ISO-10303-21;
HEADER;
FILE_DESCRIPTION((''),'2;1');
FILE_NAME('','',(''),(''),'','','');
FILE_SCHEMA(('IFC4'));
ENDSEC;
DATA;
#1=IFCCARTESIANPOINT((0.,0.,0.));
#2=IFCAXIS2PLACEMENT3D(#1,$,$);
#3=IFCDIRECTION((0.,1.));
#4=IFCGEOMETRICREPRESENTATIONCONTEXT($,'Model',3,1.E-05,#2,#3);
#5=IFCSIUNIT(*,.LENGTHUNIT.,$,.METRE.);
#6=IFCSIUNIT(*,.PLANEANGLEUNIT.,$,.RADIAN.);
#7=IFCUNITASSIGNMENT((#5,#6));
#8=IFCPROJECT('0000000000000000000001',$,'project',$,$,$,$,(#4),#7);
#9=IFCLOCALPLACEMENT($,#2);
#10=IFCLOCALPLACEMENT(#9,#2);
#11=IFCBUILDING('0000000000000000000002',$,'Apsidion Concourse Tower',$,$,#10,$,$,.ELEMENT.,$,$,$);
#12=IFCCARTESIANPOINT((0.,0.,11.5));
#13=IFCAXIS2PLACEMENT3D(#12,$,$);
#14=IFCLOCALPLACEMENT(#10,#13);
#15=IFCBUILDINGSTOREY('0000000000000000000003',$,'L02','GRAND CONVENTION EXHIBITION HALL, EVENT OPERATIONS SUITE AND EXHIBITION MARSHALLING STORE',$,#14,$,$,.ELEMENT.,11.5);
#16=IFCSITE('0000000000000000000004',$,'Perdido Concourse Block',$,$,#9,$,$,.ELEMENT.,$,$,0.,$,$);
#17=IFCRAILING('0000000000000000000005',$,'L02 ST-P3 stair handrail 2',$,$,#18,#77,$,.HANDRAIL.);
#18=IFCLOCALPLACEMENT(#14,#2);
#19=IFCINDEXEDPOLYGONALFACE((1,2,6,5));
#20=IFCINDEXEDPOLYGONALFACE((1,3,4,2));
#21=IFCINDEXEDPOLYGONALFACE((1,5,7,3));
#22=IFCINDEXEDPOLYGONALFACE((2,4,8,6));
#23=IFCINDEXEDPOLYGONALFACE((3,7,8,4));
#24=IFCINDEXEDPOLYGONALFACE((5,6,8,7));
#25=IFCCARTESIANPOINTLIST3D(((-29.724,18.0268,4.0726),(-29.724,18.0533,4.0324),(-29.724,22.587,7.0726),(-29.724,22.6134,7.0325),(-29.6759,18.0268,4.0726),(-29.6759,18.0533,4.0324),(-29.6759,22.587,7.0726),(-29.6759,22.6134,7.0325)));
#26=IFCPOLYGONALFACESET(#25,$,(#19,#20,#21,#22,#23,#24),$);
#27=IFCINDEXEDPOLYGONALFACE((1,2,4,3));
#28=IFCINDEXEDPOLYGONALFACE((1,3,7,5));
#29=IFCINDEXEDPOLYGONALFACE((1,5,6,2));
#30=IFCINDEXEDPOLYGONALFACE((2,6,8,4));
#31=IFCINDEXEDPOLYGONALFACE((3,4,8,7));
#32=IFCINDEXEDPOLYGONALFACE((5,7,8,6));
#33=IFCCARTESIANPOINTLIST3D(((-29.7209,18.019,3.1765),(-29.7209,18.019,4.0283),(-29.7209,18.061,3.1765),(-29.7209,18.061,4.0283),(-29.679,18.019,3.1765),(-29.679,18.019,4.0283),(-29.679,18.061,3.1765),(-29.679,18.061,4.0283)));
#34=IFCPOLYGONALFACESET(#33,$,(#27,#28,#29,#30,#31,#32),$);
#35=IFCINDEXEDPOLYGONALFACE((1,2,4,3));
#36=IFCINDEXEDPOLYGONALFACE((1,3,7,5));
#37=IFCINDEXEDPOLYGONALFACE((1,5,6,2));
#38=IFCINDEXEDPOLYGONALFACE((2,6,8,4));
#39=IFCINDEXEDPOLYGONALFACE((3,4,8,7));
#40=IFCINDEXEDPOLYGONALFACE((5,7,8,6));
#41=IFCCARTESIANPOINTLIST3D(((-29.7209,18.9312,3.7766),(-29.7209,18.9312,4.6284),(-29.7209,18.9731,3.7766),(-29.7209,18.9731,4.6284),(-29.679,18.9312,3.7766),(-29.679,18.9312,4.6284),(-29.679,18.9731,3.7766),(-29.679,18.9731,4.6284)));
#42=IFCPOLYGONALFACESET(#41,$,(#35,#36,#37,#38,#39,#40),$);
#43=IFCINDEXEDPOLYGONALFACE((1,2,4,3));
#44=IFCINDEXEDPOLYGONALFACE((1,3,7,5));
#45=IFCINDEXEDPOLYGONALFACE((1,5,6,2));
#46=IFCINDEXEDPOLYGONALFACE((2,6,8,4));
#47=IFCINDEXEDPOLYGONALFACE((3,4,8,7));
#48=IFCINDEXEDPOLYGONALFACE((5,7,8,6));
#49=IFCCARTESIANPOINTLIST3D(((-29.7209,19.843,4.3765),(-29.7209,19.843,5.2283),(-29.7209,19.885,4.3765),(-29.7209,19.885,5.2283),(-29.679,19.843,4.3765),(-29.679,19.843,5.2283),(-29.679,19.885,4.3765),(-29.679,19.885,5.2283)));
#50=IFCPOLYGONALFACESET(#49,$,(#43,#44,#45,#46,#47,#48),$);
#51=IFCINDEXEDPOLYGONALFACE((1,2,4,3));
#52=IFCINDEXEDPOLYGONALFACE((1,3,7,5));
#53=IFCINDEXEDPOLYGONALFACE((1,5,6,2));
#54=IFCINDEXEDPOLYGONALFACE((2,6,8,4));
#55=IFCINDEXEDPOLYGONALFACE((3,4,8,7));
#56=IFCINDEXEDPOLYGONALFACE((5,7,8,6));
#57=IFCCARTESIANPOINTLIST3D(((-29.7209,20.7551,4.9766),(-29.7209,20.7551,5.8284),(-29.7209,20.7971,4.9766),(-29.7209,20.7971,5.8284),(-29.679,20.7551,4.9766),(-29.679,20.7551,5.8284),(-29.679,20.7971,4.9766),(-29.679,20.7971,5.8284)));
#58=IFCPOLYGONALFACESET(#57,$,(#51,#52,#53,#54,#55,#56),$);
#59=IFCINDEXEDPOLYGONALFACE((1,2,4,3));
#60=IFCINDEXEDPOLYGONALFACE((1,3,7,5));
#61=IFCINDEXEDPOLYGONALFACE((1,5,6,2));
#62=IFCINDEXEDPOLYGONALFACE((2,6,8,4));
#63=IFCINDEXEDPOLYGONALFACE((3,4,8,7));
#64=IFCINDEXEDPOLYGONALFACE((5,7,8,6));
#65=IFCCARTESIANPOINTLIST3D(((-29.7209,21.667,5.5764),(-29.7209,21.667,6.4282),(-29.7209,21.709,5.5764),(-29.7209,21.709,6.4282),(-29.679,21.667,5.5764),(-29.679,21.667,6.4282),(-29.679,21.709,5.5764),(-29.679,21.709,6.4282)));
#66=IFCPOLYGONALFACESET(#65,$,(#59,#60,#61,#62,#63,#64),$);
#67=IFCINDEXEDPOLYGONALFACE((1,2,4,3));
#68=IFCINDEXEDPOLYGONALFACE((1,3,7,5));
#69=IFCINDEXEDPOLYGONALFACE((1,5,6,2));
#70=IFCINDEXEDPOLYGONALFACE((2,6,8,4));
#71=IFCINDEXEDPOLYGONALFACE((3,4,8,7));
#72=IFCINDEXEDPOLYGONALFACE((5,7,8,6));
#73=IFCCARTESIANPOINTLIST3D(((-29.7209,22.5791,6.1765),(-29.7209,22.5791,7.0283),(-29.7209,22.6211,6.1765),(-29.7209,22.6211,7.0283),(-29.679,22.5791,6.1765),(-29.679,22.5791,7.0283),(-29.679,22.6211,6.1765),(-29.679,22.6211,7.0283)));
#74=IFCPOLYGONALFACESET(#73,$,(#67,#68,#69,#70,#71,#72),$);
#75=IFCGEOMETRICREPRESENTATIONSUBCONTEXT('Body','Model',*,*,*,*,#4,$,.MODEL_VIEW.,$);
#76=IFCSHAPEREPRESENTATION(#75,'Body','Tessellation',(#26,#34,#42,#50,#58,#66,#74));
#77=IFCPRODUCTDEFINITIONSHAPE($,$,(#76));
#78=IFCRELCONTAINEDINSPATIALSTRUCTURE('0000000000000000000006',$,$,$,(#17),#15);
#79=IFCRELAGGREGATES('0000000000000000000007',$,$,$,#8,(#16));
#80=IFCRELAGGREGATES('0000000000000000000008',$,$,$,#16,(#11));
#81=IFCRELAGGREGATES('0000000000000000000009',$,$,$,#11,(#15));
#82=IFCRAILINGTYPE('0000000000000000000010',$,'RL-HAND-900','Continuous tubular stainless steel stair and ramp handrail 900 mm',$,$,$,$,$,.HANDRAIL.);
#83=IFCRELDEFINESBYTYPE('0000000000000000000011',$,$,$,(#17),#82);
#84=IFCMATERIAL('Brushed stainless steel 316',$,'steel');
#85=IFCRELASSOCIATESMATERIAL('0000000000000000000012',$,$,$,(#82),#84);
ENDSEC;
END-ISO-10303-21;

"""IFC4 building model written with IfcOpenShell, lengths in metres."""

from ifc_helpers import new_model, si_unit, direction, frame, origin, origin_2d, place, context, subcontext, project, spatial, rectangle, extrude, material, type_object, element, save


model = new_model("IFC4")

# Units and contexts
model_context = context("Model", 3, precision=1e-05, world=origin(), true_north=direction((0.0, 1.0)))
body_context = subcontext(model_context, "Body", "Model", "MODEL_VIEW")
ifc_project = project(units=[si_unit("LENGTHUNIT", "METRE"), si_unit("PLANEANGLEUNIT", "RADIAN")], contexts=[model_context])

# Site, building, storey
site_placement = place(None, origin())
site = spatial("IfcSite", under=ifc_project, at=site_placement, Name="Perdido Concourse Block", CompositionType="ELEMENT", RefElevation=0.0)
building_placement = place(site_placement, origin())
building = spatial("IfcBuilding", under=site, at=building_placement, Name="Apsidion Concourse Tower", CompositionType="ELEMENT")
storey_placement = place(building_placement, frame((0.0, 0.0, 11.5)))
storey = spatial("IfcBuildingStorey", under=building, at=storey_placement, Name="L02", Description="GRAND CONVENTION EXHIBITION HALL, EVENT OPERATIONS SUITE AND EXHIBITION MARSHALLING STORE", CompositionType="ELEMENT", Elevation=11.5)

# Shared definitions
ifc_material_1 = material(Name="Brushed stainless steel 316", Category="steel")

# Railing
railing_type_1 = type_object("IfcRailingType", Name="RL-HAND-900", Description="Continuous tubular stainless steel stair and ramp handrail 900 mm", PredefinedType="HANDRAIL", material=ifc_material_1)
railing_1_placement = place(storey_placement, frame((-29.7, 18.04, 3.1765)))
element("IfcRailing", 1, at=railing_1_placement, inside=storey, type_object=railing_type_1, Name="L02 ST-P3 stair handrail 2", PredefinedType="HANDRAIL", context=body_context, shape_type="SweptSolid", body=[
    extrude(rectangle(XDim=0.0481, YDim=0.0481, at=origin_2d()), frame((0.0, 0.0, 0.876), z_axis=(0.0, 0.83542, 0.549612), x_axis=(-1.0, 0.0, 0.0)), (0.0, 0.0, 1.0), 5.4585),
    extrude(rectangle(XDim=0.042, YDim=0.042, at=origin_2d()), origin(), (0.0, 0.0, 1.0), 0.8518),
    extrude(rectangle(XDim=0.042, YDim=0.042, at=origin_2d()), frame((0.0, 0.9121, 0.6001)), (0.0, 0.0, 1.0), 0.8518),
    extrude(rectangle(XDim=0.042, YDim=0.042, at=origin_2d()), frame((0.0, 1.824, 1.2)), (0.0, 0.0, 1.0), 0.8518),
    extrude(rectangle(XDim=0.042, YDim=0.042, at=origin_2d()), frame((0.0, 2.7361, 1.8)), (0.0, 0.0, 1.0), 0.8518),
    extrude(rectangle(XDim=0.042, YDim=0.042, at=origin_2d()), frame((0.0, 3.6479, 2.3999)), (0.0, 0.0, 1.0), 0.8518),
    extrude(rectangle(XDim=0.042, YDim=0.042, at=origin_2d()), frame((0.0, 4.5601, 3.0)), (0.0, 0.0, 1.0), 0.8518),
])

save(model, "model.ifc")
